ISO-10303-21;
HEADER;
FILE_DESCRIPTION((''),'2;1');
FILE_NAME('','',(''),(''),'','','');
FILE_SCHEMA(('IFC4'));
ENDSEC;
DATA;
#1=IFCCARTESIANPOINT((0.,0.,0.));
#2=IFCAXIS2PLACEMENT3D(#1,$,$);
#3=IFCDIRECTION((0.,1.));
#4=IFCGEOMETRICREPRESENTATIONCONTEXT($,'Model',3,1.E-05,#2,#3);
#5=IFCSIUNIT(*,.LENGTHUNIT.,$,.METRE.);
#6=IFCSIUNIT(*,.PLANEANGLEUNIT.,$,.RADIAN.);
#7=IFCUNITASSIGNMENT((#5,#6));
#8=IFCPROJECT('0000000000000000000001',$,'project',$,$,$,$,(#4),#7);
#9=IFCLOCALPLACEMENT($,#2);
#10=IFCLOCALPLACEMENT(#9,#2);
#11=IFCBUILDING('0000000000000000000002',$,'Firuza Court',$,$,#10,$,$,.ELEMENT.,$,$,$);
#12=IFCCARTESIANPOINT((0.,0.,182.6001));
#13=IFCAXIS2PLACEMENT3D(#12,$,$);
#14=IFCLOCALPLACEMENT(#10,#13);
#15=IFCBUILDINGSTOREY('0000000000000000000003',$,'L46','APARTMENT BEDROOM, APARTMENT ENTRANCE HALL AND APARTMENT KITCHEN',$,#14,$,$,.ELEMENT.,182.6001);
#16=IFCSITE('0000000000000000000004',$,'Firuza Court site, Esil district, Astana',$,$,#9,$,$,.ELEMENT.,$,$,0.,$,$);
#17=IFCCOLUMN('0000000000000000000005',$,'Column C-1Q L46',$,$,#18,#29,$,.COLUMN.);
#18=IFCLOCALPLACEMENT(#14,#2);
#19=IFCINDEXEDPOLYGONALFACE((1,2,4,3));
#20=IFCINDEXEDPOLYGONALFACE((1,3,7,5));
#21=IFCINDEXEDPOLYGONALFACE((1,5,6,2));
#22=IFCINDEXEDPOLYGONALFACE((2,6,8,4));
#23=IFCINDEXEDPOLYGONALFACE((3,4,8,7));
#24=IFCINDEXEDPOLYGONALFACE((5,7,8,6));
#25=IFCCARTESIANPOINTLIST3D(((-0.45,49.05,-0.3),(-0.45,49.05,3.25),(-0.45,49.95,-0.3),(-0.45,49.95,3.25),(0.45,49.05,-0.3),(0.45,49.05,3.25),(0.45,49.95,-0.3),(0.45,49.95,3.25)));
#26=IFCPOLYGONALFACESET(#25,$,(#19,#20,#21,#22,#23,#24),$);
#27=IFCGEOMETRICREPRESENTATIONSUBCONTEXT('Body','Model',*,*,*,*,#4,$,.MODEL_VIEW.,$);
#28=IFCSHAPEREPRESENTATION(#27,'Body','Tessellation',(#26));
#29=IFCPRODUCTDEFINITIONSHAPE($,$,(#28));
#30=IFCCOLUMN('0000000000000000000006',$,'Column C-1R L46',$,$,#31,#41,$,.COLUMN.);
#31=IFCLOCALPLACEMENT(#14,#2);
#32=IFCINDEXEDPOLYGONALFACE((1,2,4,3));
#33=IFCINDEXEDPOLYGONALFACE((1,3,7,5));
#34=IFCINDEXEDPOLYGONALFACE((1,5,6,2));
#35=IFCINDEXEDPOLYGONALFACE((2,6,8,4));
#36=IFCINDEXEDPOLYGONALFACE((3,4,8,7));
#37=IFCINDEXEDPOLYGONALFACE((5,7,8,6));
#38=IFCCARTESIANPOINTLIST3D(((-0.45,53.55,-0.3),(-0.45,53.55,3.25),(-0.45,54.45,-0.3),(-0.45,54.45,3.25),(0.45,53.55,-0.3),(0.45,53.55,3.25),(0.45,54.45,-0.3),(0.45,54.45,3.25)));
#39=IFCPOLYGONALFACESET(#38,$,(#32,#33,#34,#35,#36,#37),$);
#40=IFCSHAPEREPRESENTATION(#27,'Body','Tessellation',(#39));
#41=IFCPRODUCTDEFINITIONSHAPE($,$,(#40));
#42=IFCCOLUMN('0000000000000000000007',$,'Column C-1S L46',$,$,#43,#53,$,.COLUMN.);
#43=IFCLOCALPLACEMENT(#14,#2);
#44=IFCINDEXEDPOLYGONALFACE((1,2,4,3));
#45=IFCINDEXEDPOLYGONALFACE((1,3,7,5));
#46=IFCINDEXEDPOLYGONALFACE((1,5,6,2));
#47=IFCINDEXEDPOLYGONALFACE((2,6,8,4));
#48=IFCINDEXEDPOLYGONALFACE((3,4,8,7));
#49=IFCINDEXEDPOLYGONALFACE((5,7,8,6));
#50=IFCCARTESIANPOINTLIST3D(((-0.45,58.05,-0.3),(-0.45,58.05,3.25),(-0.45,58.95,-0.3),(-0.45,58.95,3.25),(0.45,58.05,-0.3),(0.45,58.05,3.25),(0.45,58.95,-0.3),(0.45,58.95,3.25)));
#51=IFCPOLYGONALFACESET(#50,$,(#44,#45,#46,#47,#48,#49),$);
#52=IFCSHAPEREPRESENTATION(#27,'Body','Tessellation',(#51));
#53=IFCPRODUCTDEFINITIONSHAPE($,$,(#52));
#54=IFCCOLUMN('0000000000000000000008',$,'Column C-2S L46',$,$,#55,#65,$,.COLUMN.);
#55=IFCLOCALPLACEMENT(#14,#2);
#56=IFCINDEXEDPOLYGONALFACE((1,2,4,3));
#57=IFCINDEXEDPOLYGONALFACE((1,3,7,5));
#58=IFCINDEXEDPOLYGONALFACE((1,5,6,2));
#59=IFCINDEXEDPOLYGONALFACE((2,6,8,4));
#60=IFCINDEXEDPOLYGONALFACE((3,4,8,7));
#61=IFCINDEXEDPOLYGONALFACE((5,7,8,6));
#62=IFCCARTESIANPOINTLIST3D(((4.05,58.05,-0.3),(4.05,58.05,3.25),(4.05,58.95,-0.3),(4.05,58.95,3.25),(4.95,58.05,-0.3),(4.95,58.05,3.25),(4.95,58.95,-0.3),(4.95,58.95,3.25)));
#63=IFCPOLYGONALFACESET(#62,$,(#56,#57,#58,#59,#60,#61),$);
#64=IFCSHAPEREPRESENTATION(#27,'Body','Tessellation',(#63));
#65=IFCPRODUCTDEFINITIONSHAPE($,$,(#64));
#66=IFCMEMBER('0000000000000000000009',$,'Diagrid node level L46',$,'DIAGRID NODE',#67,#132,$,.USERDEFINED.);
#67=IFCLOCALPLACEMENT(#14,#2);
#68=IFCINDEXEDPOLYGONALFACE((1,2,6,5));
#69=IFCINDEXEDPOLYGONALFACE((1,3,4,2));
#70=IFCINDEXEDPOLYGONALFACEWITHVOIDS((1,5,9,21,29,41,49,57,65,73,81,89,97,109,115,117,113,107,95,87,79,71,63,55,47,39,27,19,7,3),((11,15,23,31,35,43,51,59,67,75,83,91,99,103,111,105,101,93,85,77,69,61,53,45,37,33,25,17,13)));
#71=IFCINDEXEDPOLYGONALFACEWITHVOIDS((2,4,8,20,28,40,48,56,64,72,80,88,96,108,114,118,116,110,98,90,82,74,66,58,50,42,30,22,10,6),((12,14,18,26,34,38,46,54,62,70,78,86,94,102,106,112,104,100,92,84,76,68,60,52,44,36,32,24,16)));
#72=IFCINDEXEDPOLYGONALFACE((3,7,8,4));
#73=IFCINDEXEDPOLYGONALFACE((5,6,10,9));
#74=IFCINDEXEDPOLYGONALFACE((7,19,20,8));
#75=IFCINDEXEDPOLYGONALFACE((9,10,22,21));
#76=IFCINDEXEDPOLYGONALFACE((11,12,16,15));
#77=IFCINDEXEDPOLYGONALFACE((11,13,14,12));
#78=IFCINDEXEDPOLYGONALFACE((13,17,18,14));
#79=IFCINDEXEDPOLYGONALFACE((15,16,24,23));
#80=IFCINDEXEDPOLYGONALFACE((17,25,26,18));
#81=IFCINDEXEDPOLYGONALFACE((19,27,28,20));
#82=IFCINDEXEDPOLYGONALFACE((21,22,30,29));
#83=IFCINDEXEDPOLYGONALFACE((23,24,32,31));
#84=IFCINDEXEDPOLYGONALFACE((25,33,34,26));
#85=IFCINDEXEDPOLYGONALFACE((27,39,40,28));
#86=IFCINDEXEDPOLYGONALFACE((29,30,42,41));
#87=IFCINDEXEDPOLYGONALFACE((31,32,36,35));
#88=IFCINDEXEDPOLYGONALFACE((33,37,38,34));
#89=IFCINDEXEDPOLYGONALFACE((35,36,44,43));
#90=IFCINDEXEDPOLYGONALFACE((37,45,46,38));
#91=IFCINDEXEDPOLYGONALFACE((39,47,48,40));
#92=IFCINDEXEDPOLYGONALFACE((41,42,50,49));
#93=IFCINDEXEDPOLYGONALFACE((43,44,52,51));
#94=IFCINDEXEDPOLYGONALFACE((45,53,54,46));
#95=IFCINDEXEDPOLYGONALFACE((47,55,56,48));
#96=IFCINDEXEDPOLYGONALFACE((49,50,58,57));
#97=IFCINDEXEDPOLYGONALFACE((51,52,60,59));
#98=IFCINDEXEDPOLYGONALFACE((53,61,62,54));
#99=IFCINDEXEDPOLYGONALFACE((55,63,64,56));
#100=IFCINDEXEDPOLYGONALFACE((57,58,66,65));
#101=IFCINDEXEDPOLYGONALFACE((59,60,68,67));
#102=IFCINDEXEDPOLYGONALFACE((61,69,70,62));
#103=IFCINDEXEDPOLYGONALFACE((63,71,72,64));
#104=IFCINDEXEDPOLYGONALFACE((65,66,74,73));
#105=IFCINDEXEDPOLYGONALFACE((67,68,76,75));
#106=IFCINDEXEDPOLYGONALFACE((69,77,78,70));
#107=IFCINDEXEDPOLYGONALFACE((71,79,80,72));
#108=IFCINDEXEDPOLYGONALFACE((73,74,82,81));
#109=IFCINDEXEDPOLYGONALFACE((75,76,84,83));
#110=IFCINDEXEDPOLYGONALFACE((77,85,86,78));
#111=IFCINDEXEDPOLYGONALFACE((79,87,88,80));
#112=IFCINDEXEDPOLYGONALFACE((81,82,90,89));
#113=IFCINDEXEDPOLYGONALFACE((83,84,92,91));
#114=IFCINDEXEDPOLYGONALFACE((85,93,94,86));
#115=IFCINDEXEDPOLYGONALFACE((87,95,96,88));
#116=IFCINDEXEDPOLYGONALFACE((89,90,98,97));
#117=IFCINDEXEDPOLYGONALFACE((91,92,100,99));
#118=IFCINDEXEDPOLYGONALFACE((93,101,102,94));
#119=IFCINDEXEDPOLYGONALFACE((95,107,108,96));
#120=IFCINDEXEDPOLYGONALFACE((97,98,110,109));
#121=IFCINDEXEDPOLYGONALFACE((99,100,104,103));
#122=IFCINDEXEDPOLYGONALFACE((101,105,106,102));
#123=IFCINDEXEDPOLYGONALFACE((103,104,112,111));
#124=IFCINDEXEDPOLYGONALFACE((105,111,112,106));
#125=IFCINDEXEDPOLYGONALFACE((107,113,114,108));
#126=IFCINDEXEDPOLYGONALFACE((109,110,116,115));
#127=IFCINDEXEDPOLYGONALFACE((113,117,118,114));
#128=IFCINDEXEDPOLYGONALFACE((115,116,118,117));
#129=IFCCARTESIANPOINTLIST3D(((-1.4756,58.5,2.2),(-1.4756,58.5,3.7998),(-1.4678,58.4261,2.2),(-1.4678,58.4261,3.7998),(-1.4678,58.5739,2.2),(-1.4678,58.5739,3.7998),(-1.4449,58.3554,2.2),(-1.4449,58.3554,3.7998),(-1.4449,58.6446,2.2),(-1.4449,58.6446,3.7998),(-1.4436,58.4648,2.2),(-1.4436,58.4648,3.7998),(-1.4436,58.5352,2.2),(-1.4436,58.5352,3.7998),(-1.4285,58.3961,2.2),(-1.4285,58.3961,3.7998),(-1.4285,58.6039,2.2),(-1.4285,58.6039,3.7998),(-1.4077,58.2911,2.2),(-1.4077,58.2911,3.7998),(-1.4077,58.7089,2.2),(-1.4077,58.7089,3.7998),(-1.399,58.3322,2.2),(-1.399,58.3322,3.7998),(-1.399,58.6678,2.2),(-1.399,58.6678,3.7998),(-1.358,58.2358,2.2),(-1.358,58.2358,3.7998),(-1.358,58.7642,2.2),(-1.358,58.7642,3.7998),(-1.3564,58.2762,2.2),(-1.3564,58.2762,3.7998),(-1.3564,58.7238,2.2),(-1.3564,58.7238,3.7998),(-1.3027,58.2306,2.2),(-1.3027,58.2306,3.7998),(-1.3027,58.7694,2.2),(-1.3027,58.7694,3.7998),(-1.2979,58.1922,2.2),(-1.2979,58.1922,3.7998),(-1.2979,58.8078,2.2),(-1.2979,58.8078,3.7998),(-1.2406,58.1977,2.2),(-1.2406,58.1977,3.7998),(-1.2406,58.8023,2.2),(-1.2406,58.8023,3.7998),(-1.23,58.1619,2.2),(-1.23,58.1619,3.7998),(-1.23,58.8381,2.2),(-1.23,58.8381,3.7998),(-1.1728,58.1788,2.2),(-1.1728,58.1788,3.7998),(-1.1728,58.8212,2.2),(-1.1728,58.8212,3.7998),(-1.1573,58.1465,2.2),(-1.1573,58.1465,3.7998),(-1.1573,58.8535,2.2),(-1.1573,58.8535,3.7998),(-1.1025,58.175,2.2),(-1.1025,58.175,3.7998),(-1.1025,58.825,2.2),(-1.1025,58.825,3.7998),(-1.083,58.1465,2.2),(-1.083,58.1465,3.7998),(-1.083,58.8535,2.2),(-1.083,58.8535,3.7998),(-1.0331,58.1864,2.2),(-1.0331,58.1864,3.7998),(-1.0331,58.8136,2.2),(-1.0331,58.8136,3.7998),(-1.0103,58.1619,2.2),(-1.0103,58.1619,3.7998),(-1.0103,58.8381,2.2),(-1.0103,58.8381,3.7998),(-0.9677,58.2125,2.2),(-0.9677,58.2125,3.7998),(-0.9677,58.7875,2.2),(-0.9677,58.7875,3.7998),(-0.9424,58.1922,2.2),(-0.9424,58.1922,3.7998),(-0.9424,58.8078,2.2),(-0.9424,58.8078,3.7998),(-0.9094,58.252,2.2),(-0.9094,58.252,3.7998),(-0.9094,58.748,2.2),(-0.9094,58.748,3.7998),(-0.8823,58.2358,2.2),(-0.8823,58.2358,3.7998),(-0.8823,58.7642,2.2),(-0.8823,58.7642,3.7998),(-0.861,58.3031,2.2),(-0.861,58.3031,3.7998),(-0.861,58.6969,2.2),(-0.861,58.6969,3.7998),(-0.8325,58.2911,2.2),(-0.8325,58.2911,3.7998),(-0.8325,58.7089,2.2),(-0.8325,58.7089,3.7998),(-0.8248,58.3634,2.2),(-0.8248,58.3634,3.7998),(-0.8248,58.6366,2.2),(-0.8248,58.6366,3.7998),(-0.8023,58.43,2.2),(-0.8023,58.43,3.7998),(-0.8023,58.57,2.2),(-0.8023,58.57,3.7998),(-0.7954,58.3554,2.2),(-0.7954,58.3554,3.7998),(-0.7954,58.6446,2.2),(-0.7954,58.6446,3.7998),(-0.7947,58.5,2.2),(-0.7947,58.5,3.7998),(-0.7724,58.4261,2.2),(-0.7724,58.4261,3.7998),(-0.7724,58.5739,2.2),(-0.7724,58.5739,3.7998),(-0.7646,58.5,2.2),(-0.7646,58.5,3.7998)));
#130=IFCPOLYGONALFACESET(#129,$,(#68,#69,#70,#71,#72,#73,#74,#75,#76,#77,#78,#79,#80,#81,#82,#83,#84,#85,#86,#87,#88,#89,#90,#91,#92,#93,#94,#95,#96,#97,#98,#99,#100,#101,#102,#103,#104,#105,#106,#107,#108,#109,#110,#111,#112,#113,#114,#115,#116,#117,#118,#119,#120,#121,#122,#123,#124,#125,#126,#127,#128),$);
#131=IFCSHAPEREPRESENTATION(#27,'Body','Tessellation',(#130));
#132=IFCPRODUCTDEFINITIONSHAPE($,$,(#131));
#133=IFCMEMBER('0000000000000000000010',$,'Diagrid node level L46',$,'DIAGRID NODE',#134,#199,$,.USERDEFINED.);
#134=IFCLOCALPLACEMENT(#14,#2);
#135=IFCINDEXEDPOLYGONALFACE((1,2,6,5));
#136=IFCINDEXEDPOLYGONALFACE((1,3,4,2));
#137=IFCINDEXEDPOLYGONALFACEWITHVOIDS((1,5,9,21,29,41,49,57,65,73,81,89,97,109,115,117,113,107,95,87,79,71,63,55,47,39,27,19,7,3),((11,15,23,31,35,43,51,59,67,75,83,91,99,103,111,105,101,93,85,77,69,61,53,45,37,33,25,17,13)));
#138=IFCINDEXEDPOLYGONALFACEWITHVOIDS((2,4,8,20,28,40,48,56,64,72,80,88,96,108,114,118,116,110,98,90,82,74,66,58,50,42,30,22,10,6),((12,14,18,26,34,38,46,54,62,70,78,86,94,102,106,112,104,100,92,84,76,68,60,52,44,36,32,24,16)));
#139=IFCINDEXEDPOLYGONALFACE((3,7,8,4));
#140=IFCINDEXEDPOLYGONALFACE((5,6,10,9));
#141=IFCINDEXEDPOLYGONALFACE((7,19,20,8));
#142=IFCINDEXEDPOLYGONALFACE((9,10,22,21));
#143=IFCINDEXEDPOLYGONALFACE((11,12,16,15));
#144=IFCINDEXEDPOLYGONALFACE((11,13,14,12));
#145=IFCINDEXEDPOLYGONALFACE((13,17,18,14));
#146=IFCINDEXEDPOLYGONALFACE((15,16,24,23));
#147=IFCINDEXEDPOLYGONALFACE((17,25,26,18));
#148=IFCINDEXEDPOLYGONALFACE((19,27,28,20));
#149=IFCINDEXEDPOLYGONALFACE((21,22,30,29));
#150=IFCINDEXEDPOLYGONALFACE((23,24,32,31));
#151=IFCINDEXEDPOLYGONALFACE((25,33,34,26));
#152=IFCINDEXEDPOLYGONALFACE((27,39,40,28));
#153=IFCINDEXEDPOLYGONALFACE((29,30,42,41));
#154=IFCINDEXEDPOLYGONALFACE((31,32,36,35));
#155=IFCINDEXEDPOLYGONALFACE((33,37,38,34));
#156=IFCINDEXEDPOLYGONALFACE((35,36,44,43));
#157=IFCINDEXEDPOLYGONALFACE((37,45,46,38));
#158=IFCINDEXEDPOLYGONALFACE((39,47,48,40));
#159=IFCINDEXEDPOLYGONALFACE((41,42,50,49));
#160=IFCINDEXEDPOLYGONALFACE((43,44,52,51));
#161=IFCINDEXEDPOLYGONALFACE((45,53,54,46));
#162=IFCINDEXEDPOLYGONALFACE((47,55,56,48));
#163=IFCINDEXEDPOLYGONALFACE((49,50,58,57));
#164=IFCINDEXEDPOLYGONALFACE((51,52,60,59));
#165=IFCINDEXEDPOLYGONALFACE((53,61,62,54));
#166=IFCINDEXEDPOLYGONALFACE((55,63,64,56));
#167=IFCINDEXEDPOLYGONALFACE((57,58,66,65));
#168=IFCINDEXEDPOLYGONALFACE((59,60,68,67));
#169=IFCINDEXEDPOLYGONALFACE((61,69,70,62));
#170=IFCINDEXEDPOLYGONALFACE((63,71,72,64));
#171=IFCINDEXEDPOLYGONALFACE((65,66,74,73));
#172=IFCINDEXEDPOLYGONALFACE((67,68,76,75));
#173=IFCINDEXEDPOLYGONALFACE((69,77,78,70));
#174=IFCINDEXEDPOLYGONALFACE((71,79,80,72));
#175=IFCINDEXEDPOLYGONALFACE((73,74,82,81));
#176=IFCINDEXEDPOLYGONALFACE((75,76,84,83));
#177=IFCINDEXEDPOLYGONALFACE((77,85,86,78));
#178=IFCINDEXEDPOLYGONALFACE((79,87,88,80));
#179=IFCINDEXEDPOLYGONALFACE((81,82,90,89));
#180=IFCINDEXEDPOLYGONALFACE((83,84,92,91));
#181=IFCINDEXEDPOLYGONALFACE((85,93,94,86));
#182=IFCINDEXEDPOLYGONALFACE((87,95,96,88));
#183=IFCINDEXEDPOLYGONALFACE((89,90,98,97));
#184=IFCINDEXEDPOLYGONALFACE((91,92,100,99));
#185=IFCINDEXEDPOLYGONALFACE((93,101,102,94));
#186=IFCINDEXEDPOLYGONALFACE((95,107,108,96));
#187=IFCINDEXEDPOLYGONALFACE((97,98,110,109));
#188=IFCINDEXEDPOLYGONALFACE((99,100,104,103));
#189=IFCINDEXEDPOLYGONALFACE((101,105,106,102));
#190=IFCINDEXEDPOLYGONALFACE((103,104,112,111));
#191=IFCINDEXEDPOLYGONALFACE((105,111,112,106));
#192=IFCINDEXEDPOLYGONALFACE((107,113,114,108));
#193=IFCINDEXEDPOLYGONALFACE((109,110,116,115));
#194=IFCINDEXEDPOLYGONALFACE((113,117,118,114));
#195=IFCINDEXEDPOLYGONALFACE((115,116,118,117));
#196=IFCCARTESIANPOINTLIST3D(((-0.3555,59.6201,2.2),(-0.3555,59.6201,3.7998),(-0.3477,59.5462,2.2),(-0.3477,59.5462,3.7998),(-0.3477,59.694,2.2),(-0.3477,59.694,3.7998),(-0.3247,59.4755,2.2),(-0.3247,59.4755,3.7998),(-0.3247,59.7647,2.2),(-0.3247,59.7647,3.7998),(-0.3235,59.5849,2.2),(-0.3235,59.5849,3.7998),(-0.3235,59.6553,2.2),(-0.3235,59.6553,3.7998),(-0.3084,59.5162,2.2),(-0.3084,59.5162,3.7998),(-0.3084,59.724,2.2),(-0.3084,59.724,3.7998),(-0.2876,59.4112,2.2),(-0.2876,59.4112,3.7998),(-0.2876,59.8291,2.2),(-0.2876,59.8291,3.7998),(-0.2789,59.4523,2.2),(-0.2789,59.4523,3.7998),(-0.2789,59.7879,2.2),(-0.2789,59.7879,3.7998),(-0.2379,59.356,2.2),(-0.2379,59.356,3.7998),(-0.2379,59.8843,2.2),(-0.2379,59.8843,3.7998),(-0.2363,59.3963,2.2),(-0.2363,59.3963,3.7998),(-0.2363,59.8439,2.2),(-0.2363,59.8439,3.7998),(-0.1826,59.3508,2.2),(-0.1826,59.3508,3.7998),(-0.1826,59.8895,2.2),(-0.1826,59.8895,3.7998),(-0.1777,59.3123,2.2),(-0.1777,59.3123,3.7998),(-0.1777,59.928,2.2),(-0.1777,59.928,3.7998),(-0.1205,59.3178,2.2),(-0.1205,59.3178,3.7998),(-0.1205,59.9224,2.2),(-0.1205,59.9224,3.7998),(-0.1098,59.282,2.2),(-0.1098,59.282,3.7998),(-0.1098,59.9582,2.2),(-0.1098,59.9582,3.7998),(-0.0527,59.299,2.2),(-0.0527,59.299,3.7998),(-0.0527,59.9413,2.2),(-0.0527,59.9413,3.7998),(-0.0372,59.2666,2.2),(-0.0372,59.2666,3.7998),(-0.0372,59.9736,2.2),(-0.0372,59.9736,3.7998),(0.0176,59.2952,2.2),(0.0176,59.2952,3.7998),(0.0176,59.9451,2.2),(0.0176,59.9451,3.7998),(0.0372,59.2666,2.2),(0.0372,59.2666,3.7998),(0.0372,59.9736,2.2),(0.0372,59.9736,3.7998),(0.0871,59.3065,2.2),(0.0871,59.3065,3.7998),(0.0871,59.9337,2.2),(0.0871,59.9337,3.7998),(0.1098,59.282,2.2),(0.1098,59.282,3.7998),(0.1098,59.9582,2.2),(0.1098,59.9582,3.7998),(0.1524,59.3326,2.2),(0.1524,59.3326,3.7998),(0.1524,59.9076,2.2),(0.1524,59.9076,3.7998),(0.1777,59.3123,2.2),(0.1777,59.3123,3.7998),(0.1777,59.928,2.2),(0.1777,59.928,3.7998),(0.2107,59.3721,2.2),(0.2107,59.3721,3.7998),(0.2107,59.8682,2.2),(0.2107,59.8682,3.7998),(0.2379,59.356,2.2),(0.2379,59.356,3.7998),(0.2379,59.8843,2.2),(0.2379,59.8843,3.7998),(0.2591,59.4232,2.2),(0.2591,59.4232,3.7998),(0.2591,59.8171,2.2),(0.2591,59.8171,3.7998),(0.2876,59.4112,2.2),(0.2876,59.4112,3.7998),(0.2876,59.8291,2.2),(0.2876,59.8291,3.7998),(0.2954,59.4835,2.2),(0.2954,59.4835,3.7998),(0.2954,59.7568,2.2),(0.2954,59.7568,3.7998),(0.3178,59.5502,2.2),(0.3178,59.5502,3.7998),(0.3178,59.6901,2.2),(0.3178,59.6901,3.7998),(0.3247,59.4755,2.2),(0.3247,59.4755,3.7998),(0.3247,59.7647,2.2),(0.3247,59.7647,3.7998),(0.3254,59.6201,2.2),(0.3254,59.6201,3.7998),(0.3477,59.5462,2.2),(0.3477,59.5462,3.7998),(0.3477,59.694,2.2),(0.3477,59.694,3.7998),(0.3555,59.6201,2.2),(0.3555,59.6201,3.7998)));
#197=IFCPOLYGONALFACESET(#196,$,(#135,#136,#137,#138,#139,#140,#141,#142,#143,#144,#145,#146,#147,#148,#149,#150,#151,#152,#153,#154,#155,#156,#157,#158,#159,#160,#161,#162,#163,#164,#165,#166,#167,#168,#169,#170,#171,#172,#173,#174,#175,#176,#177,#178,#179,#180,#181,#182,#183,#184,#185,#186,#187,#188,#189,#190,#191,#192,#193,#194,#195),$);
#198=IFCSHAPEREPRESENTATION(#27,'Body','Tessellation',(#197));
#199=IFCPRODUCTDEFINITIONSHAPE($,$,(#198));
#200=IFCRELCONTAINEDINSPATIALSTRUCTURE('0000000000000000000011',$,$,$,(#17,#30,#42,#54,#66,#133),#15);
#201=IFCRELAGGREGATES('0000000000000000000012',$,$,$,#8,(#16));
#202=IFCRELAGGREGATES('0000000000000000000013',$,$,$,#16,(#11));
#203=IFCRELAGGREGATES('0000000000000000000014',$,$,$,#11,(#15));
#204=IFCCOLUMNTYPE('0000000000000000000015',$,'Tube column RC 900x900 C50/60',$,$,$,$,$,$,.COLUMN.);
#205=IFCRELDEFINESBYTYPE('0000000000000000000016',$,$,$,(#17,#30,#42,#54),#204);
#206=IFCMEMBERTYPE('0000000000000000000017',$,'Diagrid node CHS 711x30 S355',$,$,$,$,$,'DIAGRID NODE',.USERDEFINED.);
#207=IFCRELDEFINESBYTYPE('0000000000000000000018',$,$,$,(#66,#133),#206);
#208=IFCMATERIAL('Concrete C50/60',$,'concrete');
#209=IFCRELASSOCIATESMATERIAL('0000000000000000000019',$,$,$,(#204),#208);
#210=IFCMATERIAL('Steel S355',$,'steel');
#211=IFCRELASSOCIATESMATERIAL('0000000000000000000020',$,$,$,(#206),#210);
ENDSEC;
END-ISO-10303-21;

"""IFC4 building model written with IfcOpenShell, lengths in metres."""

from ifc_helpers import new_model, si_unit, direction, frame, origin, origin_2d, place, context, subcontext, project, spatial, rectangle, hollow_circle, extrude, material, material_profile, profile_set, type_object, element, save


model = new_model("IFC4")

# Units and contexts
model_context = context("Model", 3, precision=1e-05, world=origin(), true_north=direction((0.0, 1.0)))
body_context = subcontext(model_context, "Body", "Model", "MODEL_VIEW")
ifc_project = project(units=[si_unit("LENGTHUNIT", "METRE"), si_unit("PLANEANGLEUNIT", "RADIAN")], contexts=[model_context])

# Site, building, storey
site_placement = place(None, origin())
site = spatial("IfcSite", under=ifc_project, at=site_placement, Name="Firuza Court site, Esil district, Astana", CompositionType="ELEMENT", RefElevation=0.0)
building_placement = place(site_placement, origin())
building = spatial("IfcBuilding", under=site, at=building_placement, Name="Firuza Court", CompositionType="ELEMENT")
storey_placement = place(building_placement, frame((0.0, 0.0, 182.6001)))
storey = spatial("IfcBuildingStorey", under=building, at=storey_placement, Name="L46", Description="APARTMENT BEDROOM, APARTMENT ENTRANCE HALL AND APARTMENT KITCHEN", CompositionType="ELEMENT", Elevation=182.6001)

# Columns
ifc_material_1 = material(Name="Concrete C50/60", Category="concrete")
ifc_material_profile_1 = material_profile(ifc_material_1, rectangle(XDim=0.8999, YDim=0.8999, at=origin_2d()), Name="RC 900x900")
ifc_profile_set_1 = profile_set([ifc_material_profile_1], Name="Concrete C50/60")
column_type = type_object("IfcColumnType", Name="Tube column RC 900x900 C50/60", PredefinedType="COLUMN", material=ifc_profile_set_1)
for number, where, z_axis, x_axis, name in (
    (1, (0.0, 49.5, -0.3), (0.0, 0.0, 1.0), (1.0, 0.0, 0.0), "Column C-1Q L46"),
    (2, (0.0, 54.0, -0.3), (0.0, 0.0, 1.0), (1.0, 0.0, 0.0), "Column C-1R L46"),
    (3, (0.0, 58.5, -0.3), (0.0, 0.0, 1.0), (1.0, 0.0, 0.0), "Column C-1S L46"),
    (4, (4.5, 58.5, -0.3), (0.0, 0.0, 1.0), (1.0, 0.0, 0.0), "Column C-2S L46"),
):
    element("IfcColumn", number, at=place(storey_placement, frame(where, z_axis=z_axis, x_axis=x_axis)), inside=storey, type_object=column_type, Name=name, PredefinedType="COLUMN", context=body_context, shape_type="SweptSolid", body=[
        extrude(rectangle(XDim=0.8999, YDim=0.8999, at=origin_2d()), origin(), (0.0, 0.0, 1.0), 3.55),
    ])

# Members
ifc_material_2 = material(Name="Steel S355", Category="steel")
ifc_material_profile_2 = material_profile(ifc_material_2, hollow_circle(Radius=0.3555, WallThickness=0.03, at=origin_2d()), Name="CHS 711x30")
ifc_profile_set_2 = profile_set([ifc_material_profile_2], Name="Steel S355")
member_type_1 = type_object("IfcMemberType", Name="Diagrid node CHS 711x30 S355", ElementType="DIAGRID NODE", PredefinedType="USERDEFINED", material=ifc_profile_set_2)
for number, where, z_axis, x_axis, name in (
    (5, (-1.1201, 58.5, 2.2), (0.0, 0.0, 1.0), (1.0, 0.0, 0.0), "Diagrid node level L46"),
    (6, (0.0, 59.6201, 2.2), (0.0, 0.0, 1.0), (1.0, 0.0, 0.0), "Diagrid node level L46"),
):
    element("IfcMember", number, at=place(storey_placement, frame(where, z_axis=z_axis, x_axis=x_axis)), inside=storey, type_object=member_type_1, Name=name, ObjectType="DIAGRID NODE", PredefinedType="USERDEFINED", context=body_context, shape_type="SweptSolid", body=[
        extrude(hollow_circle(Radius=0.3555, WallThickness=0.03, at=origin_2d()), origin(), (0.0, 0.0, 1.0), 1.5999),
    ])

save(model, "model.ifc")
